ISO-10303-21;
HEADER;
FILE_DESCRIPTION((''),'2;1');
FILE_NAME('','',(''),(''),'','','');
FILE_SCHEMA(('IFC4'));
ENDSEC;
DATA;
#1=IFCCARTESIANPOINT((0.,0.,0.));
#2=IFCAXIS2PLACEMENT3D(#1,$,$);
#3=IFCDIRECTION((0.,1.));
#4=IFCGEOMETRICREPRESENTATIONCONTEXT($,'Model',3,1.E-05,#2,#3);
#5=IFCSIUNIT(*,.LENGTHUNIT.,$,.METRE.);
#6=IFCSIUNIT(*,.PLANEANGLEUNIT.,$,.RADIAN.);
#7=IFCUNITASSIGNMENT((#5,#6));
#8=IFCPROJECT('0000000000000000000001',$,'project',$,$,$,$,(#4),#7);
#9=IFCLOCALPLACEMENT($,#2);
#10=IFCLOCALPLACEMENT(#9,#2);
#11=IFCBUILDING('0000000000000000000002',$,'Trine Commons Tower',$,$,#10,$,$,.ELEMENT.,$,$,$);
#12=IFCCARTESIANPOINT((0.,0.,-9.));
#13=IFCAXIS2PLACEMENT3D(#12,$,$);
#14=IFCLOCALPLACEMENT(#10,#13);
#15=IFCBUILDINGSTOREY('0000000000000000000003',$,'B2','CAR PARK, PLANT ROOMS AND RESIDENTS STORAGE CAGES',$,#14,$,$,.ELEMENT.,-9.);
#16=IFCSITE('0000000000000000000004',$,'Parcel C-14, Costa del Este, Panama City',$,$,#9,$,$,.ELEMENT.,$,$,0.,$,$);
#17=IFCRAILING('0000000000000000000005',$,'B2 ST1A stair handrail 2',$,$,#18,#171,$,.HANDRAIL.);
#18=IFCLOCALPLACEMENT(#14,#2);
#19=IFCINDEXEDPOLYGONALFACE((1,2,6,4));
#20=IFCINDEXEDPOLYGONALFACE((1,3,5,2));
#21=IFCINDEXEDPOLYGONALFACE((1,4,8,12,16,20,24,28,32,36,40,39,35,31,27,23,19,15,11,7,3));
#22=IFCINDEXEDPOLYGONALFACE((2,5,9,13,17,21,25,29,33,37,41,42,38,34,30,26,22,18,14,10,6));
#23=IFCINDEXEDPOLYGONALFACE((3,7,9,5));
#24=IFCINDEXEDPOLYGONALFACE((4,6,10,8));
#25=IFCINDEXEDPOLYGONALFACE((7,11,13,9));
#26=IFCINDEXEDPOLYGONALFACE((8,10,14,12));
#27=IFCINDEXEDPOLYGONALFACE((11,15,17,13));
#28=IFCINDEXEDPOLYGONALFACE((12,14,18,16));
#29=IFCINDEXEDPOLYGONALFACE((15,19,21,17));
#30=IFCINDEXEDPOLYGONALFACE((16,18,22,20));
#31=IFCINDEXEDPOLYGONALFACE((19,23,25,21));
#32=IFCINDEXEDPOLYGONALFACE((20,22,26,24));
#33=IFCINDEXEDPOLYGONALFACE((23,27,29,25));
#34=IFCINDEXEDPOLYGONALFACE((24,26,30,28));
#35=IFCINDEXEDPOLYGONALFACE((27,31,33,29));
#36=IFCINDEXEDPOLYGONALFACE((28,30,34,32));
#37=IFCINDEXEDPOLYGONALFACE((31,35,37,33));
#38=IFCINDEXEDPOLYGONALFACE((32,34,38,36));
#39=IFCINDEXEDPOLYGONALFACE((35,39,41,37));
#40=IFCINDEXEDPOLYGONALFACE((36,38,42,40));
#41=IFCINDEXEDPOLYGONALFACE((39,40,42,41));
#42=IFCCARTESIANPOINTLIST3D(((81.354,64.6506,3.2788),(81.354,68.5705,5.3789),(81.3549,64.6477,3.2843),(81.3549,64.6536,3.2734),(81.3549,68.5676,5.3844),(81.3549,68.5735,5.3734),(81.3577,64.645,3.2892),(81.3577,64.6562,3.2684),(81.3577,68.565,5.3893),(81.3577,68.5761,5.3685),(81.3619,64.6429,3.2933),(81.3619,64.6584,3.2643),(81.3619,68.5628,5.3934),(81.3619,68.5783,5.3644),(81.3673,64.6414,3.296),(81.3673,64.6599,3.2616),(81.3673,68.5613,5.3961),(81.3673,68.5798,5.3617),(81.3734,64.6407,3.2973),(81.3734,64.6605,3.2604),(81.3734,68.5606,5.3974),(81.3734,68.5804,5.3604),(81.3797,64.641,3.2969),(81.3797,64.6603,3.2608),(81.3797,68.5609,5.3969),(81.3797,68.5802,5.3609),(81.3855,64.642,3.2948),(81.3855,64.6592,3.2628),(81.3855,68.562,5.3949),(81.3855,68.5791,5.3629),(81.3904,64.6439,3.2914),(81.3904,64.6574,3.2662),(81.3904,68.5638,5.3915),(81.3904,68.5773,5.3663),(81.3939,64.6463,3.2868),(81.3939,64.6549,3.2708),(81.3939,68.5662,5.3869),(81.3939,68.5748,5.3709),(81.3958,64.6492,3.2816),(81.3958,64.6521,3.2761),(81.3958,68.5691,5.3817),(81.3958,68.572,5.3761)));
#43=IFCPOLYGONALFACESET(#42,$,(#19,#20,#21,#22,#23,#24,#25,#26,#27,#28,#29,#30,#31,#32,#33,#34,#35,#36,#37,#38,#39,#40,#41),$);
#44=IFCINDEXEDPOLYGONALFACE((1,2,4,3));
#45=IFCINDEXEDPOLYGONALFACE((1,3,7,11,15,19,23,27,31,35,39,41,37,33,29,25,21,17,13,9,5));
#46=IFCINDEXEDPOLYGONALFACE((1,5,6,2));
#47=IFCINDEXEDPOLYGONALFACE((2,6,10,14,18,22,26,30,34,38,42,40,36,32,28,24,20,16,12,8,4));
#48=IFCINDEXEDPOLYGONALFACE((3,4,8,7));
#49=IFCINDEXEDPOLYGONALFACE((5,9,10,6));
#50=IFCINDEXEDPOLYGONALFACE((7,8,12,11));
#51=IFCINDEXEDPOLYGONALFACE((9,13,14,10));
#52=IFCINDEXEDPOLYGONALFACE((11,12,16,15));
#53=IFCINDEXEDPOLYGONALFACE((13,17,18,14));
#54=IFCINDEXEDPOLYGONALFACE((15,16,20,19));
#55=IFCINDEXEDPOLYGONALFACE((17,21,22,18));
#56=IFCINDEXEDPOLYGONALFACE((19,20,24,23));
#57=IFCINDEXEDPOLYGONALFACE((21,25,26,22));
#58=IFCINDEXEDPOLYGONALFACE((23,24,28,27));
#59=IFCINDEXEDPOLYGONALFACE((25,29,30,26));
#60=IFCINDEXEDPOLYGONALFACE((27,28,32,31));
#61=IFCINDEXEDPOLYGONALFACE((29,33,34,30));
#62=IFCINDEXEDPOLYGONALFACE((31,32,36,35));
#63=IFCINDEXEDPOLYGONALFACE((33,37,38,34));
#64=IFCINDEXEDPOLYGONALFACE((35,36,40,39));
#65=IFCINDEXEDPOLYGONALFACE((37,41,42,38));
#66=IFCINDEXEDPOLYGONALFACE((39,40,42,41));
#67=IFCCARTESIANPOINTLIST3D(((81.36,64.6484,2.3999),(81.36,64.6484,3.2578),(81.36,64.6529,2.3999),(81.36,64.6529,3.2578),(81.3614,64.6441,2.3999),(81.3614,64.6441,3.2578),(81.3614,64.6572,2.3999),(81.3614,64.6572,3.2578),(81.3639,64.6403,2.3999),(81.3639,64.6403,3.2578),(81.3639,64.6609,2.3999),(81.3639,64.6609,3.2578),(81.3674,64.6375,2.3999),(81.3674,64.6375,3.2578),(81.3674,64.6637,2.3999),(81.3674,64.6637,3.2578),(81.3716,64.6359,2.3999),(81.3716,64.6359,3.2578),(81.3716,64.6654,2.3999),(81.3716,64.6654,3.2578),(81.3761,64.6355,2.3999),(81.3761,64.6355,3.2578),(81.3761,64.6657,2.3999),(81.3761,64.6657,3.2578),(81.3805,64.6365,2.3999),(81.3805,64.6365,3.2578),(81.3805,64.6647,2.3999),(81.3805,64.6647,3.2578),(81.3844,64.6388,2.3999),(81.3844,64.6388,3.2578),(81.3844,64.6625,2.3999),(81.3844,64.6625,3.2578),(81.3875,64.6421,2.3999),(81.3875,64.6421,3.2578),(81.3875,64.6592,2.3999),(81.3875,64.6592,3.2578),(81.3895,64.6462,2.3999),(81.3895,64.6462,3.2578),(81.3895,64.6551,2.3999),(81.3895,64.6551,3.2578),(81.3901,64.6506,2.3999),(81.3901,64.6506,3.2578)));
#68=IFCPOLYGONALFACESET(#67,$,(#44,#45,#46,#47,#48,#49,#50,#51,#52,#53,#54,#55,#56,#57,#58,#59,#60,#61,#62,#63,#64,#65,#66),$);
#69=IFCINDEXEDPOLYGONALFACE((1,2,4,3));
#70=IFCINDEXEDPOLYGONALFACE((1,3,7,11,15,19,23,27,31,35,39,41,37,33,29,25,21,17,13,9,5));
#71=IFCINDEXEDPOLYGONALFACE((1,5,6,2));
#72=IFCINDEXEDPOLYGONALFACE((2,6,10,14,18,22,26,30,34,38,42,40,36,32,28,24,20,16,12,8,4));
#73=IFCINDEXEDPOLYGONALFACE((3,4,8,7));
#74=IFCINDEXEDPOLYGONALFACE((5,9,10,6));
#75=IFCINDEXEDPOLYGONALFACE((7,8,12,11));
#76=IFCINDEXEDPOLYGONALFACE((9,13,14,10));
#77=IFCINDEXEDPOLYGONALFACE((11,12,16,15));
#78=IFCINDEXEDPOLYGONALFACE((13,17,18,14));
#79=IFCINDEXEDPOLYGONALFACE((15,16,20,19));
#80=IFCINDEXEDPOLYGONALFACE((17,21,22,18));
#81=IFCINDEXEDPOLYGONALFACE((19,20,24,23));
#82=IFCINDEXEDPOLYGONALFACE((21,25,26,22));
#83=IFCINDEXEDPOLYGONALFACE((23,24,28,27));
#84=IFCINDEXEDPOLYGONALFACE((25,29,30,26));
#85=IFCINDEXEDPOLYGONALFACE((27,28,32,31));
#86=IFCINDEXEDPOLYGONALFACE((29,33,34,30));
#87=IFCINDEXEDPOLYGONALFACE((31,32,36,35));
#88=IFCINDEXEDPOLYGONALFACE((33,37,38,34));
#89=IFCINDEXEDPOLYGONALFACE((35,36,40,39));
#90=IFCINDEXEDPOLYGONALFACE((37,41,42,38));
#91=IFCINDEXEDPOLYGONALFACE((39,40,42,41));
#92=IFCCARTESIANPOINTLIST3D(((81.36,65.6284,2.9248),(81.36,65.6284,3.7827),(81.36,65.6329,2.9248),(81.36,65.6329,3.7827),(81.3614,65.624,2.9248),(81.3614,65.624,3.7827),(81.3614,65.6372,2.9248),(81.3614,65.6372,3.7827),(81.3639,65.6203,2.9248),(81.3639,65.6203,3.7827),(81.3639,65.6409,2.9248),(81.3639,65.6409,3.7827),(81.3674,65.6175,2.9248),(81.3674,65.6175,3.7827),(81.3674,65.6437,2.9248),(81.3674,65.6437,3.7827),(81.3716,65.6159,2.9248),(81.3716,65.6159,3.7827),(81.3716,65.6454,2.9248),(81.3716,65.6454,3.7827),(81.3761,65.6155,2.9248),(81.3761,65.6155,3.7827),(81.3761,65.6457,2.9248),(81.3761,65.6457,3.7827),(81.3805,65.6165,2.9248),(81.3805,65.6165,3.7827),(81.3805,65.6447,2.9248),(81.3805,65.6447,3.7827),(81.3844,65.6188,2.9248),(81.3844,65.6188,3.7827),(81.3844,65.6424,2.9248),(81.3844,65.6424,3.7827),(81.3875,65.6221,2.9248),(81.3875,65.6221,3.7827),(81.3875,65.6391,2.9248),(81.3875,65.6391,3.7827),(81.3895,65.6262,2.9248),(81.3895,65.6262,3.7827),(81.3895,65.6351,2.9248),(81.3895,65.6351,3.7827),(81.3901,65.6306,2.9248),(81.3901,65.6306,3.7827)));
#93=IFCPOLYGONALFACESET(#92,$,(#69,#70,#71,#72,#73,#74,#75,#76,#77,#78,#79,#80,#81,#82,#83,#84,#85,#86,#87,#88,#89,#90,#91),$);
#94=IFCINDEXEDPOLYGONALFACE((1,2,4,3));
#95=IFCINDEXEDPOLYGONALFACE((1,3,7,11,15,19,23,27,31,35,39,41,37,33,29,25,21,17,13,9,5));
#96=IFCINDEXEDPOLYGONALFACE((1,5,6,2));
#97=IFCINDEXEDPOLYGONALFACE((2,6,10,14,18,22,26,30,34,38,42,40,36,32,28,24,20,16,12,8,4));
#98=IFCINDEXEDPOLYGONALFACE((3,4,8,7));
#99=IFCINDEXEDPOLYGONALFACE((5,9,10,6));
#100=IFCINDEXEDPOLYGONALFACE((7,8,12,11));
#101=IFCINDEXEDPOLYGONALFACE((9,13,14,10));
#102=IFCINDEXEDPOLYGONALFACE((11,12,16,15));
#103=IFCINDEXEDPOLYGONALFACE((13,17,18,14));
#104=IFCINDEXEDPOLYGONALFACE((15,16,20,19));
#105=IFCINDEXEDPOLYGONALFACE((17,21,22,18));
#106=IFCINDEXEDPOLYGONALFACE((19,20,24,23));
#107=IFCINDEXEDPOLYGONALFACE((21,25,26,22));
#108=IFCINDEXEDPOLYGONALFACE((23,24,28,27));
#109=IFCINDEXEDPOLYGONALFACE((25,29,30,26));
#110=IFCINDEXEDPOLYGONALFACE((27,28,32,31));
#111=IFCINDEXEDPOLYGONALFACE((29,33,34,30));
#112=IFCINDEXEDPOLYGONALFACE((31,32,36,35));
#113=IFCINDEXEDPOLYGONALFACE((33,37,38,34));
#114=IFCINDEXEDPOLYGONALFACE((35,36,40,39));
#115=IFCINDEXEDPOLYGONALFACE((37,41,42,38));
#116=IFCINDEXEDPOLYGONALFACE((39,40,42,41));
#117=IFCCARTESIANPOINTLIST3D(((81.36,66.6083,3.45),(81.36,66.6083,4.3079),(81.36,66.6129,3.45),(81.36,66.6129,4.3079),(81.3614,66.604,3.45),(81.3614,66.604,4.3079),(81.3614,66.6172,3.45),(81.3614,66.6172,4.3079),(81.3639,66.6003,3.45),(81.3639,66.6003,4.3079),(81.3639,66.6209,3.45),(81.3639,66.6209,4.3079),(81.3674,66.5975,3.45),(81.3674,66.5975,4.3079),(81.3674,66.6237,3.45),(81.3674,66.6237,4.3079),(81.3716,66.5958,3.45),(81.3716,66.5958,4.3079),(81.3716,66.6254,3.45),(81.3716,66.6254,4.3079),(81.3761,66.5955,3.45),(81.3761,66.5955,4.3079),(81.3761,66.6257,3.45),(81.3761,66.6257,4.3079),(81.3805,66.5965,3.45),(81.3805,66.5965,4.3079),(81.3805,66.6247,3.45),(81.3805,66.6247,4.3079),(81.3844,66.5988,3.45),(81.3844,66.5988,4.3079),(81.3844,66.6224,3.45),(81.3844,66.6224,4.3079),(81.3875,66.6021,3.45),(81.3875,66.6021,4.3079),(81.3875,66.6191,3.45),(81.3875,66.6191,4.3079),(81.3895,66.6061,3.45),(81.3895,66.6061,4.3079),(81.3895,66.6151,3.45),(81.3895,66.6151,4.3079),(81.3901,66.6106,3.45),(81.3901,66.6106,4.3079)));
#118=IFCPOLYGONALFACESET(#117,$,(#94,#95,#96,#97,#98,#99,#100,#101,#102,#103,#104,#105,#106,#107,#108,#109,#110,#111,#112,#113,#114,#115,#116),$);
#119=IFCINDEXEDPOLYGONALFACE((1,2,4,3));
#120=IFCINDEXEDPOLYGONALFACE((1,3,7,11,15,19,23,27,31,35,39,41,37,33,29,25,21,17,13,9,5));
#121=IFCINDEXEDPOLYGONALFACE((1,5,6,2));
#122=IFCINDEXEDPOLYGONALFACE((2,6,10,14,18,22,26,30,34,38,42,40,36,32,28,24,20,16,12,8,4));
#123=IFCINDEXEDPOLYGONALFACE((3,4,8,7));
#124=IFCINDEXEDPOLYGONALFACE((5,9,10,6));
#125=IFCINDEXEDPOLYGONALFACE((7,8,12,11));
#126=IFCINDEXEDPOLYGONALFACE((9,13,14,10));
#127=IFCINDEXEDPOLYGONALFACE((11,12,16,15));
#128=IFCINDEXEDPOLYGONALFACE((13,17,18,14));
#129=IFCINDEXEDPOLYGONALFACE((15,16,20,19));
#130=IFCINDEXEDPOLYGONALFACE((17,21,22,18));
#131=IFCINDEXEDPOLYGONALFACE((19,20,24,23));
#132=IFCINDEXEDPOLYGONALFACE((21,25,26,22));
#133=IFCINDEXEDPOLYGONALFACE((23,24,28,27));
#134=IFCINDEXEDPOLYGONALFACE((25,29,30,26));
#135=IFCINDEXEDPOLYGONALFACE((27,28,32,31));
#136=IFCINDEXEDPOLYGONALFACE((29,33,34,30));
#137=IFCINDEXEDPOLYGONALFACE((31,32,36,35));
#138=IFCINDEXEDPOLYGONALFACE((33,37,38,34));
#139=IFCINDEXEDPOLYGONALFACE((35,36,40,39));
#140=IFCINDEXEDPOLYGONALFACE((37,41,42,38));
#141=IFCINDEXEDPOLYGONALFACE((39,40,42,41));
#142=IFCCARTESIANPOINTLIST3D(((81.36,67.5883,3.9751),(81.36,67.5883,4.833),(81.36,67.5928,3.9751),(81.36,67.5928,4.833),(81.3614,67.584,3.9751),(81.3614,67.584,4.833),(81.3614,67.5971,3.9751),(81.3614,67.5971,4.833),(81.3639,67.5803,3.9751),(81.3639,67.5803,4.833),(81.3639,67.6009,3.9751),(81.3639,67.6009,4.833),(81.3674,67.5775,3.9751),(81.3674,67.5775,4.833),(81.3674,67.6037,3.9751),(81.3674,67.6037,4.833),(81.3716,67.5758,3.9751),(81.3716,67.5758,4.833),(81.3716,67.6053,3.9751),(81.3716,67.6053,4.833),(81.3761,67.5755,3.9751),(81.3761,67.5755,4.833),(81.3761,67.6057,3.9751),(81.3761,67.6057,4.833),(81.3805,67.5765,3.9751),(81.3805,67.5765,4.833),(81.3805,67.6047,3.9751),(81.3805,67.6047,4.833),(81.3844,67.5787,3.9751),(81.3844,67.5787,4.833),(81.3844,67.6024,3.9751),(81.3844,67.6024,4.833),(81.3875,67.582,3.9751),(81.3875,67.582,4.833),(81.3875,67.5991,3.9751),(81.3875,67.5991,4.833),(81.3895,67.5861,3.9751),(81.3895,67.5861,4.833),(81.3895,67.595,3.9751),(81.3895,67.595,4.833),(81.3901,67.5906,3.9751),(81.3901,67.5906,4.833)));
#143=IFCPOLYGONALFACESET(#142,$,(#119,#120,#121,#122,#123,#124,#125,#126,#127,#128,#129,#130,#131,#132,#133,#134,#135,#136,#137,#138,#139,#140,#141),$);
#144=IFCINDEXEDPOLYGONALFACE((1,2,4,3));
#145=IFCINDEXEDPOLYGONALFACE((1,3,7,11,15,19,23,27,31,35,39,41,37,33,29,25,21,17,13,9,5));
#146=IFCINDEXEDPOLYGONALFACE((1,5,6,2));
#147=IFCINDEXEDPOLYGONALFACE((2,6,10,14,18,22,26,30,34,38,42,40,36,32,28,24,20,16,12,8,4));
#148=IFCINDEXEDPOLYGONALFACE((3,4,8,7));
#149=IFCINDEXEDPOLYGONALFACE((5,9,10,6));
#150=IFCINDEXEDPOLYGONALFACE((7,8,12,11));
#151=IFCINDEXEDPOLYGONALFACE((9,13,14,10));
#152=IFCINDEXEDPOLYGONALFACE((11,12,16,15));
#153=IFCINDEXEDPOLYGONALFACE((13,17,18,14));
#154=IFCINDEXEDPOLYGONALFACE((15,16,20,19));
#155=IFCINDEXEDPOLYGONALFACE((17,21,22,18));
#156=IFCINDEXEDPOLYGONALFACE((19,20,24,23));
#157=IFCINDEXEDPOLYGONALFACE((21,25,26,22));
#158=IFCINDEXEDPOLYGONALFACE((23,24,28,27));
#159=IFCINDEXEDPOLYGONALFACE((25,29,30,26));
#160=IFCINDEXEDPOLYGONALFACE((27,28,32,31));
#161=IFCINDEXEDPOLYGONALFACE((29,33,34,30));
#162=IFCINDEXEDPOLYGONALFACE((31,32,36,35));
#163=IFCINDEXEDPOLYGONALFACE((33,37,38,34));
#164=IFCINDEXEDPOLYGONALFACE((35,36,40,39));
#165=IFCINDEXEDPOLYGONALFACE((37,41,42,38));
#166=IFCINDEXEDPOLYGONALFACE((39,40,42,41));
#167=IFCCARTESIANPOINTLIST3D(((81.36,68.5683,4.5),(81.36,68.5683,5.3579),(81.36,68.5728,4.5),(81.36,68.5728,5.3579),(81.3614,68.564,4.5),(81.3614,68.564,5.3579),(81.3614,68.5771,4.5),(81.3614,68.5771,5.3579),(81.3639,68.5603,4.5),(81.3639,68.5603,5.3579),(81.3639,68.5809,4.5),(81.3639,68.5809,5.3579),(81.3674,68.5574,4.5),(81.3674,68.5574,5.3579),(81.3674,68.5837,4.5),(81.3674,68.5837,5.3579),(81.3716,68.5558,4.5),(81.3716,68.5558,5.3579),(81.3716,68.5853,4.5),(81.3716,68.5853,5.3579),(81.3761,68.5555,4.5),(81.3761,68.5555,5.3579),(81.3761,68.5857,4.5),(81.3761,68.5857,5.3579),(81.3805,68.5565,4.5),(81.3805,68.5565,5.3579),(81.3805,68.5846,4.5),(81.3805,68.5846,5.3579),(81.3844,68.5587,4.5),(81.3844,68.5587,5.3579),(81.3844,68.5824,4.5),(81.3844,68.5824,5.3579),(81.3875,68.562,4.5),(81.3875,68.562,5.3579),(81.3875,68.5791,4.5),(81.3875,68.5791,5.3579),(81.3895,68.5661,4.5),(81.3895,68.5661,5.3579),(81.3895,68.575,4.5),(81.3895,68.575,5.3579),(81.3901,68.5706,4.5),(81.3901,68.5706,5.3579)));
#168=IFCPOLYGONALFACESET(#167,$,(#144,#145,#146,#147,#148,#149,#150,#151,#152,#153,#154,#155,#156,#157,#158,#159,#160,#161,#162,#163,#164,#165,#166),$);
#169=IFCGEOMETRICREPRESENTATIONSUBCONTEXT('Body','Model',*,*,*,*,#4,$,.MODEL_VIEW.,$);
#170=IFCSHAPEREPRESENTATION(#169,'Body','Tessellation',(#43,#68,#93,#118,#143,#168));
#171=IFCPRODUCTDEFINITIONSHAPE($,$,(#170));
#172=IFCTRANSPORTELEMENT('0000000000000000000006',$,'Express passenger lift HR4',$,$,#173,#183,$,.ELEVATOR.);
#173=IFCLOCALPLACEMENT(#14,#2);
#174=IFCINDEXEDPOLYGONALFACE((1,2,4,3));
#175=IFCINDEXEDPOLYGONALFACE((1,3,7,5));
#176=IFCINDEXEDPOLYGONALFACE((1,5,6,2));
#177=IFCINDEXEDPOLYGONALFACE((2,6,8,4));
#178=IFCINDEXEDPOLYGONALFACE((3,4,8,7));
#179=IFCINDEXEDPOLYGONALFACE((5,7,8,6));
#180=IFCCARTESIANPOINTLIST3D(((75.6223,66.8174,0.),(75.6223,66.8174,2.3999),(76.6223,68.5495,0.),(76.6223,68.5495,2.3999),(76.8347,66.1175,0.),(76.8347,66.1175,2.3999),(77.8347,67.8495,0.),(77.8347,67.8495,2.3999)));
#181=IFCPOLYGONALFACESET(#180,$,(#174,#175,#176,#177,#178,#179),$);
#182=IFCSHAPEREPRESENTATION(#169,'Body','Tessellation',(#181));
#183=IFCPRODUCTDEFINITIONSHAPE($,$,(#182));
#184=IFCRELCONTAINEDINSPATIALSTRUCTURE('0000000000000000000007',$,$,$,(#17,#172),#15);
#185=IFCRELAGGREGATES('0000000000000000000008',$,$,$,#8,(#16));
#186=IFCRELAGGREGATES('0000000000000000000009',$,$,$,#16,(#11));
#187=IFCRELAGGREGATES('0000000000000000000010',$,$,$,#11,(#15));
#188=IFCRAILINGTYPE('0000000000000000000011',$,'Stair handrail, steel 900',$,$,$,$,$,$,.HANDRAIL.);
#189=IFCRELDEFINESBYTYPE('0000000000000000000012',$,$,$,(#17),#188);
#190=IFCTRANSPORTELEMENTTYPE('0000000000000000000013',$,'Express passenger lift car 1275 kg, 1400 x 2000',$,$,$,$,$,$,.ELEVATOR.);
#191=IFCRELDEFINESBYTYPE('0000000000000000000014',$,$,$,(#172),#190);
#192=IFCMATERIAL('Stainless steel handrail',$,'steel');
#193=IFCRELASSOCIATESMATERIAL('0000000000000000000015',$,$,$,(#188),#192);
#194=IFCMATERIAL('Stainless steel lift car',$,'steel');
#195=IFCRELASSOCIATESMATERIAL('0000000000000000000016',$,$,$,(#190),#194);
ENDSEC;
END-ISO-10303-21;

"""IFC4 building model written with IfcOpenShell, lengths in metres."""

from ifc_helpers import new_model, si_unit, direction, frame, origin, origin_2d, place, context, subcontext, project, spatial, rectangle, circle, extrude, material, type_object, element, save


model = new_model("IFC4")

# Units and contexts
model_context = context("Model", 3, precision=1e-05, world=origin(), true_north=direction((0.0, 1.0)))
body_context = subcontext(model_context, "Body", "Model", "MODEL_VIEW")
ifc_project = project(units=[si_unit("LENGTHUNIT", "METRE"), si_unit("PLANEANGLEUNIT", "RADIAN")], contexts=[model_context])

# Site, building, storey
site_placement = place(None, origin())
site = spatial("IfcSite", under=ifc_project, at=site_placement, Name="Parcel C-14, Costa del Este, Panama City", CompositionType="ELEMENT", RefElevation=0.0)
building_placement = place(site_placement, origin())
building = spatial("IfcBuilding", under=site, at=building_placement, Name="Trine Commons Tower", CompositionType="ELEMENT")
storey_placement = place(building_placement, frame((0.0, 0.0, -9.0)))
storey = spatial("IfcBuildingStorey", under=building, at=storey_placement, Name="B2", Description="CAR PARK, PLANT ROOMS AND RESIDENTS STORAGE CAGES", CompositionType="ELEMENT", Elevation=-9.0)

# Railing
ifc_material_1 = material(Name="Stainless steel handrail", Category="steel")
railing_type_1 = type_object("IfcRailingType", Name="Stair handrail, steel 900", PredefinedType="HANDRAIL", material=ifc_material_1)
railing_1_placement = place(storey_placement, frame((81.375, 64.6506, 2.3999)))
element("IfcRailing", 1, at=railing_1_placement, inside=storey, type_object=railing_type_1, Name="B2 ST1A stair handrail 2", PredefinedType="HANDRAIL", context=body_context, shape_type="SweptSolid", body=[
    extrude(circle(Radius=0.021, at=origin_2d()), frame((0.0, 0.0, 0.8789), z_axis=(0.0, 0.881467, 0.472246), x_axis=(-1.0, 0.0, 0.0)), (0.0, 0.0, 1.0), 4.447),
    extrude(circle(Radius=0.0151, at=origin_2d()), origin(), (0.0, 0.0, 1.0), 0.8579),
    extrude(circle(Radius=0.0151, at=origin_2d()), frame((0.0, 0.98, 0.5249)), (0.0, 0.0, 1.0), 0.8579),
    extrude(circle(Radius=0.0151, at=origin_2d()), frame((0.0, 1.96, 1.05)), (0.0, 0.0, 1.0), 0.8579),
    extrude(circle(Radius=0.0151, at=origin_2d()), frame((0.0, 2.9399, 1.5752)), (0.0, 0.0, 1.0), 0.8579),
    extrude(circle(Radius=0.0151, at=origin_2d()), frame((0.0, 3.9199, 2.1001)), (0.0, 0.0, 1.0), 0.8579),
])

# Transport element
ifc_material_2 = material(Name="Stainless steel lift car", Category="steel")
transport_element_type = type_object("IfcTransportElementType", Name="Express passenger lift car 1275 kg, 1400 x 2000", PredefinedType="ELEVATOR", material=ifc_material_2)
transport_element_placement = place(storey_placement, frame((76.7285, 67.3335, 0.0), z_axis=(0.0, 0.0, 1.0), x_axis=(-0.866025, 0.5, 0.0)))
element("IfcTransportElement", 2, at=transport_element_placement, inside=storey, type_object=transport_element_type, Name="Express passenger lift HR4", PredefinedType="ELEVATOR", context=body_context, shape_type="SweptSolid", body=[
    extrude(rectangle(XDim=1.3999, YDim=2.0, at=origin_2d()), origin(), (0.0, 0.0, 1.0), 2.3999),
])

save(model, "model.ifc")
